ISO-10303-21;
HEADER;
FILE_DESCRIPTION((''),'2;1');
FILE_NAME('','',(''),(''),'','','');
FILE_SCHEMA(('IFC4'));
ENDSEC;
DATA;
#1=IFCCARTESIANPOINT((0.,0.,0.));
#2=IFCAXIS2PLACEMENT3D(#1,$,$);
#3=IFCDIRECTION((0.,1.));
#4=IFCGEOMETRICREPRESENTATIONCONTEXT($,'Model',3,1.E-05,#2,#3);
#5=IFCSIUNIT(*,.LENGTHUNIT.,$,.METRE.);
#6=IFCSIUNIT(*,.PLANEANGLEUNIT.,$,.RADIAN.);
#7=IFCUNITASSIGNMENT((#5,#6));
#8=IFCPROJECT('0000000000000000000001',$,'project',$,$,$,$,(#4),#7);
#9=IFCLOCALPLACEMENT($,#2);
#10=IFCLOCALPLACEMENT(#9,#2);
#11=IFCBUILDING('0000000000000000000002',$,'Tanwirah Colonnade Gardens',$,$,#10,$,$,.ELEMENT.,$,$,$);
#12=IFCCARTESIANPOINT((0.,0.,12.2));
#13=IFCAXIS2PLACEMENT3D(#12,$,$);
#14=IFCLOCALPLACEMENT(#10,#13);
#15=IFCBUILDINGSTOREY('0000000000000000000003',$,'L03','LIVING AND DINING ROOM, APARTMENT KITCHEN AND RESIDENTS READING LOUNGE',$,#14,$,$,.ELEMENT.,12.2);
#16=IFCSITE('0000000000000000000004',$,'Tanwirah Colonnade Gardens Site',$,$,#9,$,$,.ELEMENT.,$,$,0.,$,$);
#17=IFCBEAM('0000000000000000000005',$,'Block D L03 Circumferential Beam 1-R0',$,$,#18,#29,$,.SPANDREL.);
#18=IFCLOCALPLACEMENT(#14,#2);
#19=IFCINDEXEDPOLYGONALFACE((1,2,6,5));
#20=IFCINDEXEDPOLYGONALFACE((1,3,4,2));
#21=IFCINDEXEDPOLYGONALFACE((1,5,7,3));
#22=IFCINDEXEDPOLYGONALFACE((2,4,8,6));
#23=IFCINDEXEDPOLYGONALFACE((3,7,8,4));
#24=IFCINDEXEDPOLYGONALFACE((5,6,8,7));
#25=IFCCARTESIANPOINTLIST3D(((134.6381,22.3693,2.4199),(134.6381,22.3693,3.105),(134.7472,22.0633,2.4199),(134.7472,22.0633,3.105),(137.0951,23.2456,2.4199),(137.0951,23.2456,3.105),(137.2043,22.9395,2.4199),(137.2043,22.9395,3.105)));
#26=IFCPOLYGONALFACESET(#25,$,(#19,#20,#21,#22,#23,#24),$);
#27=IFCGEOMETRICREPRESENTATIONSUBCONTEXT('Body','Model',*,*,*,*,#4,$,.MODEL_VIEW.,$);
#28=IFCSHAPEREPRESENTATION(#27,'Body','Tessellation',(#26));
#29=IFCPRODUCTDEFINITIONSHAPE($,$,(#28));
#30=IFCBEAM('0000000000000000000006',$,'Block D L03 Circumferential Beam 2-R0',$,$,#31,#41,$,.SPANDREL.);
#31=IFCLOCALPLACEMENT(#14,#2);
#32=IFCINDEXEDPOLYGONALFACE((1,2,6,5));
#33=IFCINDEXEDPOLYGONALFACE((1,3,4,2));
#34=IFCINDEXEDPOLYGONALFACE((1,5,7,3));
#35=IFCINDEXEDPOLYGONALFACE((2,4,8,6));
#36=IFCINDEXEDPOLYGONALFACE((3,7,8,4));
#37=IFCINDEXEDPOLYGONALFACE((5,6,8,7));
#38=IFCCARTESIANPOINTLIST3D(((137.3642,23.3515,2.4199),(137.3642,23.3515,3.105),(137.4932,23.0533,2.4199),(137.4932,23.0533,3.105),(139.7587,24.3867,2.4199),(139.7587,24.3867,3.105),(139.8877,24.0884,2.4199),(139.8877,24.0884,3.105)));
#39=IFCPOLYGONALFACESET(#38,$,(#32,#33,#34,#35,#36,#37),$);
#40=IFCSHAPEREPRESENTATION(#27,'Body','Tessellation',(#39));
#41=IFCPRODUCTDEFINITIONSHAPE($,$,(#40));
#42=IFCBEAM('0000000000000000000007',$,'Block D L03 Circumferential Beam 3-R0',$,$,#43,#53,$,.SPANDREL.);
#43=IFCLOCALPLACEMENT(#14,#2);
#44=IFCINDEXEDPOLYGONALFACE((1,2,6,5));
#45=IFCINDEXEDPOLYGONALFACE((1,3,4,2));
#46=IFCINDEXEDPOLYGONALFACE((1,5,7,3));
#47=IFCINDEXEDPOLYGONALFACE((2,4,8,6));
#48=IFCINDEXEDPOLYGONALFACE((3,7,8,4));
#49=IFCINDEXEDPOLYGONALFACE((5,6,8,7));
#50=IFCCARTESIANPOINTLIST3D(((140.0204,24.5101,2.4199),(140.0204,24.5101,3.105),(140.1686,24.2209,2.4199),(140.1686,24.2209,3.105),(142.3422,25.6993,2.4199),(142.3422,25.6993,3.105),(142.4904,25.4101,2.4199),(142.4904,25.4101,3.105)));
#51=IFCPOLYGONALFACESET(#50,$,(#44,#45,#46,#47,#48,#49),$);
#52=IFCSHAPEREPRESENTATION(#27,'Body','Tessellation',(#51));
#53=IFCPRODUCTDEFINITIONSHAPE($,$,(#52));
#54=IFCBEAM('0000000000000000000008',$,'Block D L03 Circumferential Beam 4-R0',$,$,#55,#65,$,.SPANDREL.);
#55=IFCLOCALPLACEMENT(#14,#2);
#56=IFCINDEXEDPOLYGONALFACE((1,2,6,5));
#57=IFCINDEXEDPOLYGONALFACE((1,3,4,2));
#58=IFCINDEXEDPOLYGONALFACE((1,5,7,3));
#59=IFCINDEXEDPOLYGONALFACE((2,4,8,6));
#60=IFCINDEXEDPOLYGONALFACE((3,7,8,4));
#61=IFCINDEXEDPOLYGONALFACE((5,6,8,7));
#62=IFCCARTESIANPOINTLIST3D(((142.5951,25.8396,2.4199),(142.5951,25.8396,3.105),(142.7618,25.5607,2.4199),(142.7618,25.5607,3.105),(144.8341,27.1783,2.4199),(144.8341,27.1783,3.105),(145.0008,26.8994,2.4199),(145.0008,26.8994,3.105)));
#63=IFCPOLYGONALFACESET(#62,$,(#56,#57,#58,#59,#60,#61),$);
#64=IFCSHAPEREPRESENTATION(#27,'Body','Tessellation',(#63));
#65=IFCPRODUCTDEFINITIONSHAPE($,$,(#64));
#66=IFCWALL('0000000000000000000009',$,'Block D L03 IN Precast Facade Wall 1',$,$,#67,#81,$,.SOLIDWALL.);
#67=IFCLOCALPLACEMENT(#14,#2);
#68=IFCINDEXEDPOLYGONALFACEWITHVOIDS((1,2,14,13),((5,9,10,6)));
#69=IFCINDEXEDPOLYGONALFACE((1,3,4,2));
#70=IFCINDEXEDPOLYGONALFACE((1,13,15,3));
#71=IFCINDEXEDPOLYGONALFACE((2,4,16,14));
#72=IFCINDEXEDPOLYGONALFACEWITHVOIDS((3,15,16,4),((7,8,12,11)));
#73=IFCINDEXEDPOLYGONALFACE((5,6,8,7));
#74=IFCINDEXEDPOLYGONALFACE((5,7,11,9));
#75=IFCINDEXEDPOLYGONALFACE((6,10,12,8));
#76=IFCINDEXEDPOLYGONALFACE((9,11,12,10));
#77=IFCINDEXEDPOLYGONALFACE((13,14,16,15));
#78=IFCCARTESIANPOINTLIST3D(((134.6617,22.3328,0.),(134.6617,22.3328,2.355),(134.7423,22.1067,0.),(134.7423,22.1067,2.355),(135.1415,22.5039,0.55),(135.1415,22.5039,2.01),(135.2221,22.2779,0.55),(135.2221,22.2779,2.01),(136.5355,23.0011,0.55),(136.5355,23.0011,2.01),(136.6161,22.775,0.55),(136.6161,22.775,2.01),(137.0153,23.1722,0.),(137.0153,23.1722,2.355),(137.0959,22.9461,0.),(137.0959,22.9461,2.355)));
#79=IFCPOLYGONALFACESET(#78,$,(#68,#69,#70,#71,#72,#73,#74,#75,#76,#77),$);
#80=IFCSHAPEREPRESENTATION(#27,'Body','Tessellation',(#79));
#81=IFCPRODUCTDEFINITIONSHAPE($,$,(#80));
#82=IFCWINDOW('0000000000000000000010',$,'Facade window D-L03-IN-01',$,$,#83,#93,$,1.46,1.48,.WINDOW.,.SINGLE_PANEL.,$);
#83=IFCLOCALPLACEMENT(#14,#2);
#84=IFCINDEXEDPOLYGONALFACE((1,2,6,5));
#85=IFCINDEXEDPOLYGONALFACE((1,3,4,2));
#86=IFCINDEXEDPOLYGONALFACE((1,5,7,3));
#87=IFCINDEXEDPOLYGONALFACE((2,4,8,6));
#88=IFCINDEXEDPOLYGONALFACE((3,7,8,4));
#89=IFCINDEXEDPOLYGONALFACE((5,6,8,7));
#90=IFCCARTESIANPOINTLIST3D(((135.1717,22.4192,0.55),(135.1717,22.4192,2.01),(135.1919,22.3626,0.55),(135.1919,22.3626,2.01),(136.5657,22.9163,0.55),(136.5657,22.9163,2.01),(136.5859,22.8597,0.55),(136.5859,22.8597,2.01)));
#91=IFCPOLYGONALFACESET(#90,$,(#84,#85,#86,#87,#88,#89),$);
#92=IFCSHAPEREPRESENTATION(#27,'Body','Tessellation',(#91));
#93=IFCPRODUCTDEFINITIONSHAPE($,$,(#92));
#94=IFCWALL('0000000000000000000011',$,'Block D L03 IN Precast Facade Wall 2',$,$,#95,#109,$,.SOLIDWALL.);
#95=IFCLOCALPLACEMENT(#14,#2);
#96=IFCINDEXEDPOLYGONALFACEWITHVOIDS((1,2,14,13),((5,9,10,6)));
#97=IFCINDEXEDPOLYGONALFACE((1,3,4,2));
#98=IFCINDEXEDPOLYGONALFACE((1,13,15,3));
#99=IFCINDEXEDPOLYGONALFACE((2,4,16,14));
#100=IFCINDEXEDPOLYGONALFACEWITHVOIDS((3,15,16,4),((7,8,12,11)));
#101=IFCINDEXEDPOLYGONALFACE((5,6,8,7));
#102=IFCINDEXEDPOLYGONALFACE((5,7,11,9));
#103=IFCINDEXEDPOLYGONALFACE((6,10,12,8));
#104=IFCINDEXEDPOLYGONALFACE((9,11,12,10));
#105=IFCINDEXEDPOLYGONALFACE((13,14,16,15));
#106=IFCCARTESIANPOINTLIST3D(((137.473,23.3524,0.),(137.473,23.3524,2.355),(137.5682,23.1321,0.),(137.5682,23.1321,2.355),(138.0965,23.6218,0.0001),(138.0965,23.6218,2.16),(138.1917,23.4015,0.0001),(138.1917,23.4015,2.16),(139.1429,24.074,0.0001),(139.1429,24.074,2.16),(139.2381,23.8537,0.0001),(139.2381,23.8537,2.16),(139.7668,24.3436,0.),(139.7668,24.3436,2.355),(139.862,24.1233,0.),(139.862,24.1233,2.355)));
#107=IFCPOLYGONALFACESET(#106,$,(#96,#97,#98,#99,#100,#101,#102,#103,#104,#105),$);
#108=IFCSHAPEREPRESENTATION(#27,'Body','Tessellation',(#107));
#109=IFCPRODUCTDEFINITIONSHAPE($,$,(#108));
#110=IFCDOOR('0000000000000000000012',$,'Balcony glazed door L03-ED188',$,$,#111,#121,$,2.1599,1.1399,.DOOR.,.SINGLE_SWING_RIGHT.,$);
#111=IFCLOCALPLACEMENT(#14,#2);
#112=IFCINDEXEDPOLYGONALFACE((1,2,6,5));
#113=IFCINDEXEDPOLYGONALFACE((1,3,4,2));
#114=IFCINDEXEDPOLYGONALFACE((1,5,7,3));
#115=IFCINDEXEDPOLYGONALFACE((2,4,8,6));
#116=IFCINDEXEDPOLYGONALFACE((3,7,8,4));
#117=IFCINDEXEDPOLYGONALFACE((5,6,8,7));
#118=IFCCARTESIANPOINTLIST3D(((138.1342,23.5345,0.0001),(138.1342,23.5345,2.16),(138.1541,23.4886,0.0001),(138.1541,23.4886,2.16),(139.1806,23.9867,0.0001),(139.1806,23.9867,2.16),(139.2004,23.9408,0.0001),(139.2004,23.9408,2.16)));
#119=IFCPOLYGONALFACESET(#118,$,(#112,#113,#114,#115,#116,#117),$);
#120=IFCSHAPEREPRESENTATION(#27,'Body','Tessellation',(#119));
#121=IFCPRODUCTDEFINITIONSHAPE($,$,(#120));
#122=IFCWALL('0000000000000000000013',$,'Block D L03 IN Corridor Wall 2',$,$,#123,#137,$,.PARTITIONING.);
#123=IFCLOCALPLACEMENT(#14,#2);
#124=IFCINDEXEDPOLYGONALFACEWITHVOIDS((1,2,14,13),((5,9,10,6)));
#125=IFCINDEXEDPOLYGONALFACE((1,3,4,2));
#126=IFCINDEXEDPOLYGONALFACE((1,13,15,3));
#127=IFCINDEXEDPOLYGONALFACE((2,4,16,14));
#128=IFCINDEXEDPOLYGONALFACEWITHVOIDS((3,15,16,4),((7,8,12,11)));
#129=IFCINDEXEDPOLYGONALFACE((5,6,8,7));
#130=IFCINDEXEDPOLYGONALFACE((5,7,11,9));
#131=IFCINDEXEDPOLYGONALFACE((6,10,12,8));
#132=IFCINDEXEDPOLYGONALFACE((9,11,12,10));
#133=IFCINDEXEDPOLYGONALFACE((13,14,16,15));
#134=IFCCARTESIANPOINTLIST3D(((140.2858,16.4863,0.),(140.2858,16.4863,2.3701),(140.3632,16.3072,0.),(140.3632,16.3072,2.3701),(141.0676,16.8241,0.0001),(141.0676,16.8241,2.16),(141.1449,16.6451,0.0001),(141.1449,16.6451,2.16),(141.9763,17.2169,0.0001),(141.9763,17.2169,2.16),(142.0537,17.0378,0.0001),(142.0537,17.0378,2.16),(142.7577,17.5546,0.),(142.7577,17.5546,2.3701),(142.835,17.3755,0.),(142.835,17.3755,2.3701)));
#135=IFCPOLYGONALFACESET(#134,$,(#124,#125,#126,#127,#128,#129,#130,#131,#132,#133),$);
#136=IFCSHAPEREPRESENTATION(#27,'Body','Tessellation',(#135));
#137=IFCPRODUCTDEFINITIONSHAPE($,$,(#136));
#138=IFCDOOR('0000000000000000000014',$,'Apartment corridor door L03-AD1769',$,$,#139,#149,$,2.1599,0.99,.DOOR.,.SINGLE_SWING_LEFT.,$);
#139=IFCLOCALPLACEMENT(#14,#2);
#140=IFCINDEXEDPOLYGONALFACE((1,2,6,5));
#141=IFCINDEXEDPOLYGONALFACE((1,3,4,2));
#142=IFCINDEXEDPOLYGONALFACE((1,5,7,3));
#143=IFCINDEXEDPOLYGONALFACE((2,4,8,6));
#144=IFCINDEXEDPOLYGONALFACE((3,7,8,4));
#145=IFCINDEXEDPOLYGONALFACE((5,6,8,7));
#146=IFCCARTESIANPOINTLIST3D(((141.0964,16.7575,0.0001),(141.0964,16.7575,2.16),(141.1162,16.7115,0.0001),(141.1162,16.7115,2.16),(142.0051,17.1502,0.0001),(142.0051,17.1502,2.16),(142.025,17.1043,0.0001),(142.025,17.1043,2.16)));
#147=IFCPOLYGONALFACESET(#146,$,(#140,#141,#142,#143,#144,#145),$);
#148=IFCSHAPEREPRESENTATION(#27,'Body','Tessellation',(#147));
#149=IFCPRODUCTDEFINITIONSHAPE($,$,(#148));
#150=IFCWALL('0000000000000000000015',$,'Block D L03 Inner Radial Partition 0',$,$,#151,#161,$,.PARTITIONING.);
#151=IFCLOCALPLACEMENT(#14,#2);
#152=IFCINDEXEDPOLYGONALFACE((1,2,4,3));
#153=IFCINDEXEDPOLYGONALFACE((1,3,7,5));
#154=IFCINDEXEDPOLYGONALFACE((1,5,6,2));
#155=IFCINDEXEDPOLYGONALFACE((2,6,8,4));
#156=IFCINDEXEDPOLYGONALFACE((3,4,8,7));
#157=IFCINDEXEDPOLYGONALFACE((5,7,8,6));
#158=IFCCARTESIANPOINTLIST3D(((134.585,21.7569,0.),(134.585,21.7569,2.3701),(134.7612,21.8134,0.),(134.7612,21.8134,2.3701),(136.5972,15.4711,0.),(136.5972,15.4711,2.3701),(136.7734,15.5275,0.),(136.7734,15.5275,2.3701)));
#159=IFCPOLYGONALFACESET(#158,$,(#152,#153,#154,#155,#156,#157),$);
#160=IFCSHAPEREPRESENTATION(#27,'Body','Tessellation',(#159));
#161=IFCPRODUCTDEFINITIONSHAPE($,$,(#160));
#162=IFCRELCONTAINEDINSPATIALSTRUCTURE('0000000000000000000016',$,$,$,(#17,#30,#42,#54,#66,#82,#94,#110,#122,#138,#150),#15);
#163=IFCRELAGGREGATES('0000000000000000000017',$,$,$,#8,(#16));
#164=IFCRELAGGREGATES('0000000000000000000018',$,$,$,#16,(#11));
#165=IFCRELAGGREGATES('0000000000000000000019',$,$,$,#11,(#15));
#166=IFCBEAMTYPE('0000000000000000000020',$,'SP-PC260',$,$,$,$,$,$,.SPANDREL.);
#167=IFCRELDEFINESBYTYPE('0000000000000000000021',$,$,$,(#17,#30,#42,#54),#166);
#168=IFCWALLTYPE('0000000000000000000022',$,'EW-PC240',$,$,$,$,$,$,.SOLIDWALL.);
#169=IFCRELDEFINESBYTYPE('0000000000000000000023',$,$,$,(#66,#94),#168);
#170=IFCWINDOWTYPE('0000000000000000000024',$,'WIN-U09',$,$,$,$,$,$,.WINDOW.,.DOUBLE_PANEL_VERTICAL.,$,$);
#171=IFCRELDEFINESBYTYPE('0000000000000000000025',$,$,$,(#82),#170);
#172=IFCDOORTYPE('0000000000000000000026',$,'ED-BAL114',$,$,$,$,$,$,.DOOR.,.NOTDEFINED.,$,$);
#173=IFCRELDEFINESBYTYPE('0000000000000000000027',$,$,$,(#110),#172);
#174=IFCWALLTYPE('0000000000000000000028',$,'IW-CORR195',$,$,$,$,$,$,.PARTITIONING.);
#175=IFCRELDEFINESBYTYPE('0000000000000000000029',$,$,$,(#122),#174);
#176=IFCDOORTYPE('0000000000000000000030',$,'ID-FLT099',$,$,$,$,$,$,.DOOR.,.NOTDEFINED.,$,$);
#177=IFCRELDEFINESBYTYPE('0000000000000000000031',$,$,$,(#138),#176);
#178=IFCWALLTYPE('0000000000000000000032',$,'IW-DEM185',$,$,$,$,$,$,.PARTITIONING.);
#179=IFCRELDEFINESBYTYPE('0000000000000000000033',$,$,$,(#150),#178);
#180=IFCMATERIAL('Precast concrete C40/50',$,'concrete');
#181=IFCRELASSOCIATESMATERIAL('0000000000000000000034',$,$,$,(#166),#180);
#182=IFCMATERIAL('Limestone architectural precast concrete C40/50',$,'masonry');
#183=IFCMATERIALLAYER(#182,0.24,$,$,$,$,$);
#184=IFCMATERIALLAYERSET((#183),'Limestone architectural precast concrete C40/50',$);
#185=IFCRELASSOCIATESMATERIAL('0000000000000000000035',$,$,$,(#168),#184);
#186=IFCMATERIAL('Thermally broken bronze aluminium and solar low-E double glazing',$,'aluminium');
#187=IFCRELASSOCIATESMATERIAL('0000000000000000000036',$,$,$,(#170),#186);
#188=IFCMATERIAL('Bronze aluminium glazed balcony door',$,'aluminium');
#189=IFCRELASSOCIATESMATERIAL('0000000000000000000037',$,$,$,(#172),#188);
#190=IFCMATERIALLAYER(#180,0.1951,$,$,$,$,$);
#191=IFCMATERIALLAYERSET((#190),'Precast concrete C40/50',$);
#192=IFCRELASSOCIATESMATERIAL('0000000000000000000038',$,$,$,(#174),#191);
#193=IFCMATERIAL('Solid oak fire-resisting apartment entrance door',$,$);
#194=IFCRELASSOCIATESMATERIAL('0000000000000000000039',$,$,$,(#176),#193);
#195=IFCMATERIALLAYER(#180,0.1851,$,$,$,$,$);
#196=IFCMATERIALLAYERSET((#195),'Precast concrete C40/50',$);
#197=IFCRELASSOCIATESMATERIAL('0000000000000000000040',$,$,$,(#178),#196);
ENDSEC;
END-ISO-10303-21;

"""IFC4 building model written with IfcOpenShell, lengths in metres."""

from ifc_helpers import new_model, si_unit, direction, frame, frame_2d, origin, origin_2d, place, context, subcontext, project, spatial, rectangle, extrude, material, layer, layer_set, material_profile, profile_set, type_object, element, fill, save


model = new_model("IFC4")

# Units and contexts
model_context = context("Model", 3, precision=1e-05, world=origin(), true_north=direction((0.0, 1.0)))
body_context = subcontext(model_context, "Body", "Model", "MODEL_VIEW")
ifc_project = project(units=[si_unit("LENGTHUNIT", "METRE"), si_unit("PLANEANGLEUNIT", "RADIAN")], contexts=[model_context])

# Site, building, storey
site_placement = place(None, origin())
site = spatial("IfcSite", under=ifc_project, at=site_placement, Name="Tanwirah Colonnade Gardens Site", CompositionType="ELEMENT", RefElevation=0.0)
building_placement = place(site_placement, origin())
building = spatial("IfcBuilding", under=site, at=building_placement, Name="Tanwirah Colonnade Gardens", CompositionType="ELEMENT")
storey_placement = place(building_placement, frame((0.0, 0.0, 12.2)))
storey = spatial("IfcBuildingStorey", under=building, at=storey_placement, Name="L03", Description="LIVING AND DINING ROOM, APARTMENT KITCHEN AND RESIDENTS READING LOUNGE", CompositionType="ELEMENT", Elevation=12.2)

# Shared definitions
ifc_material_1 = material(Name="Precast concrete C40/50", Category="concrete")

# Beams
ifc_material_profile_1 = material_profile(ifc_material_1, rectangle(XDim=0.325, YDim=0.6851, at=origin_2d()), Name="PC-SP 325x685")
ifc_profile_set_1 = profile_set([ifc_material_profile_1], Name="Precast concrete C40/50")
beam_type_1 = type_object("IfcBeamType", Name="SP-PC260", PredefinedType="SPANDREL", material=ifc_profile_set_1)
for number, where, z_axis, x_axis, name in (
    (1, (134.6926, 22.2163, 2.7625), (0.941898, 0.335898, 0.0), (-0.335898, 0.941898, 0.0), "Block D L03 Circumferential Beam 1-R0"),
    (2, (137.4287, 23.2024, 2.7625), (0.917901, 0.396809, 0.0), (-0.396809, 0.917901, 0.0), "Block D L03 Circumferential Beam 2-R0"),
    (3, (140.0945, 24.3655, 2.7625), (0.890042, 0.455878, 0.0), (-0.455878, 0.890042, 0.0), "Block D L03 Circumferential Beam 3-R0"),
    (4, (142.6785, 25.7002, 2.7625), (0.858301, 0.513146, 0.0), (-0.513146, 0.858301, 0.0), "Block D L03 Circumferential Beam 4-R0"),
):
    element("IfcBeam", number, at=place(storey_placement, frame(where, z_axis=z_axis, x_axis=x_axis)), inside=storey, type_object=beam_type_1, Name=name, PredefinedType="SPANDREL", context=body_context, shape_type="SweptSolid", body=[
        extrude(rectangle(XDim=0.325, YDim=0.6851, at=origin_2d()), origin(), (0.0, 0.0, 1.0), 2.6086),
    ])

# Wall, opening, window
ifc_material_2 = material(Name="Limestone architectural precast concrete C40/50", Category="masonry")
ifc_layer_1 = layer(ifc_material_2, 0.24)
ifc_layer_set_1 = layer_set([ifc_layer_1], Name="Limestone architectural precast concrete C40/50")
wall_type_1 = type_object("IfcWallType", Name="EW-PC240", PredefinedType="SOLIDWALL", material=ifc_layer_set_1)
wall_1_placement = place(storey_placement, frame((134.7019, 22.2197, 0.0), z_axis=(0.0, 0.0, 1.0), x_axis=(0.941892, 0.335915, 0.0)))
wall_1 = element("IfcWall", 5, at=wall_1_placement, inside=storey, type_object=wall_type_1, Name="Block D L03 IN Precast Facade Wall 1", PredefinedType="SOLIDWALL", context=body_context, shape_type="SweptSolid", body=[
    extrude(rectangle(XDim=2.4988, YDim=0.24, at=frame_2d((1.2495, 0.0))), origin(), (0.0, 0.0, 1.0), 2.355),
])
opening_1_placement = place(wall_1_placement, frame((0.5095, 0.0, 0.55)))
opening_1 = element("IfcOpeningElement", 6, at=opening_1_placement, cuts=wall_1, PredefinedType="OPENING", context=body_context, shape_type="SweptSolid", body=[
    extrude(rectangle(XDim=1.48, YDim=1.46, at=frame_2d((0.74, 0.73))), frame((0.0, 0.1299, 0.0), z_axis=(0.0, -1.0, 0.0), x_axis=(1.0, 0.0, 0.0)), (0.0, 0.0, 1.0), 0.26),
])
ifc_material_3 = material(Name="Thermally broken bronze aluminium and solar low-E double glazing", Category="aluminium")
window_type = type_object("IfcWindowType", Name="WIN-U09", PartitioningType="DOUBLE_PANEL_VERTICAL", PredefinedType="WINDOW", material=ifc_material_3)
window_placement = place(opening_1_placement, origin())
window = element("IfcWindow", 7, at=window_placement, inside=storey, type_object=window_type, Name="Facade window D-L03-IN-01", OverallHeight=1.46, OverallWidth=1.48, PartitioningType="SINGLE_PANEL", PredefinedType="WINDOW", context=body_context, shape_type="SweptSolid", body=[
    extrude(rectangle(XDim=1.48, YDim=1.46, at=frame_2d((0.74, 0.73))), frame((0.0, 0.03, 0.0), z_axis=(0.0, -1.0, 0.0), x_axis=(1.0, 0.0, 0.0)), (0.0, 0.0, 1.0), 0.0601),
])
fill(opening_1, window)

# Walls, openings, doors
wall_2_placement = place(storey_placement, frame((137.5205, 23.2422, 0.0), z_axis=(0.0, 0.0, 1.0), x_axis=(0.917953, 0.396689, 0.0)))
wall_2 = element("IfcWall", 8, at=wall_2_placement, inside=storey, type_object=wall_type_1, Name="Block D L03 IN Precast Facade Wall 2", PredefinedType="SOLIDWALL", context=body_context, shape_type="SweptSolid", body=[
    extrude(rectangle(XDim=2.4988, YDim=0.24, at=frame_2d((1.2495, 0.0))), origin(), (0.0, 0.0, 1.0), 2.355),
])
opening_2_placement = place(wall_2_placement, frame((0.6794, 0.0, 0.0)))
opening_2 = element("IfcOpeningElement", 9, at=opening_2_placement, cuts=wall_2, PredefinedType="OPENING", context=body_context, shape_type="SweptSolid", body=[
    extrude(rectangle(XDim=1.1399, YDim=2.1599, at=frame_2d((0.5698, 1.0801))), frame((0.0, 0.1299, 0.0), z_axis=(0.0, -1.0, 0.0), x_axis=(1.0, 0.0, 0.0)), (0.0, 0.0, 1.0), 0.26),
])
ifc_material_4 = material(Name="Bronze aluminium glazed balcony door", Category="aluminium")
door_type_1 = type_object("IfcDoorType", Name="ED-BAL114", OperationType="NOTDEFINED", PredefinedType="DOOR", material=ifc_material_4)
door_1_placement = place(opening_2_placement, origin())
door_1 = element("IfcDoor", 10, at=door_1_placement, inside=storey, type_object=door_type_1, Name="Balcony glazed door L03-ED188", OperationType="SINGLE_SWING_RIGHT", OverallHeight=2.1599, OverallWidth=1.1399, PredefinedType="DOOR", context=body_context, shape_type="SweptSolid", body=[
    extrude(rectangle(XDim=1.1399, YDim=2.1599, at=frame_2d((0.5698, 1.0801))), frame((0.0, 0.0249, 0.0), z_axis=(0.0, -1.0, 0.0), x_axis=(1.0, 0.0, 0.0)), (0.0, 0.0, 1.0), 0.05),
])
fill(opening_2, door_1)
ifc_layer_2 = layer(ifc_material_1, 0.1951)
ifc_layer_set_2 = layer_set([ifc_layer_2], Name="Precast concrete C40/50")
wall_type_2 = type_object("IfcWallType", Name="IW-CORR195", PredefinedType="PARTITIONING", material=ifc_layer_set_2)
ifc_material_5 = material(Name="Solid oak fire-resisting apartment entrance door")
wall_3_placement = place(storey_placement, frame((140.3245, 16.3967, 0.0), z_axis=(0.0, 0.0, 1.0), x_axis=(0.917936, 0.396729, 0.0)))
wall_3 = element("IfcWall", 11, at=wall_3_placement, inside=storey, type_object=wall_type_2, Name="Block D L03 IN Corridor Wall 2", PredefinedType="PARTITIONING", context=body_context, shape_type="SweptSolid", body=[
    extrude(rectangle(XDim=2.6929, YDim=0.1951, at=frame_2d((1.3464, 0.0))), origin(), (0.0, 0.0, 1.0), 2.3701),
])
opening_3_placement = place(wall_3_placement, frame((0.8516, 0.0, 0.0)))
opening_3 = element("IfcOpeningElement", 12, at=opening_3_placement, cuts=wall_3, PredefinedType="OPENING", context=body_context, shape_type="SweptSolid", body=[
    extrude(rectangle(XDim=0.99, YDim=2.1599, at=frame_2d((0.4951, 1.0801))), frame((0.0, 0.1074, 0.0), z_axis=(0.0, -1.0, 0.0), x_axis=(1.0, 0.0, 0.0)), (0.0, 0.0, 1.0), 0.2151),
])
door_type_2 = type_object("IfcDoorType", Name="ID-FLT099", OperationType="NOTDEFINED", PredefinedType="DOOR", material=ifc_material_5)
door_2_placement = place(opening_3_placement, origin())
door_2 = element("IfcDoor", 13, at=door_2_placement, inside=storey, type_object=door_type_2, Name="Apartment corridor door L03-AD1769", OperationType="SINGLE_SWING_LEFT", OverallHeight=2.1599, OverallWidth=0.99, PredefinedType="DOOR", context=body_context, shape_type="SweptSolid", body=[
    extrude(rectangle(XDim=0.99, YDim=2.1599, at=frame_2d((0.4951, 1.0801))), frame((0.0, 0.0249, 0.0), z_axis=(0.0, -1.0, 0.0), x_axis=(1.0, 0.0, 0.0)), (0.0, 0.0, 1.0), 0.05),
])
fill(opening_3, door_2)

# Wall
ifc_layer_3 = layer(ifc_material_1, 0.1851)
ifc_layer_set_3 = layer_set([ifc_layer_3], Name="Precast concrete C40/50")
wall_type_3 = type_object("IfcWallType", Name="IW-DEM185", PredefinedType="PARTITIONING", material=ifc_layer_set_3)
wall_4_placement = place(storey_placement, frame((134.6731, 21.7852, 0.0), z_axis=(0.0, 0.0, 1.0), x_axis=(0.304875, -0.952392, 0.0)))
element("IfcWall", 14, at=wall_4_placement, inside=storey, type_object=wall_type_3, Name="Block D L03 Inner Radial Partition 0", PredefinedType="PARTITIONING", context=body_context, shape_type="SweptSolid", body=[
    extrude(rectangle(XDim=6.6001, YDim=0.1851, at=frame_2d((3.3, 0.0))), origin(), (0.0, 0.0, 1.0), 2.3701),
])

save(model, "model.ifc")
